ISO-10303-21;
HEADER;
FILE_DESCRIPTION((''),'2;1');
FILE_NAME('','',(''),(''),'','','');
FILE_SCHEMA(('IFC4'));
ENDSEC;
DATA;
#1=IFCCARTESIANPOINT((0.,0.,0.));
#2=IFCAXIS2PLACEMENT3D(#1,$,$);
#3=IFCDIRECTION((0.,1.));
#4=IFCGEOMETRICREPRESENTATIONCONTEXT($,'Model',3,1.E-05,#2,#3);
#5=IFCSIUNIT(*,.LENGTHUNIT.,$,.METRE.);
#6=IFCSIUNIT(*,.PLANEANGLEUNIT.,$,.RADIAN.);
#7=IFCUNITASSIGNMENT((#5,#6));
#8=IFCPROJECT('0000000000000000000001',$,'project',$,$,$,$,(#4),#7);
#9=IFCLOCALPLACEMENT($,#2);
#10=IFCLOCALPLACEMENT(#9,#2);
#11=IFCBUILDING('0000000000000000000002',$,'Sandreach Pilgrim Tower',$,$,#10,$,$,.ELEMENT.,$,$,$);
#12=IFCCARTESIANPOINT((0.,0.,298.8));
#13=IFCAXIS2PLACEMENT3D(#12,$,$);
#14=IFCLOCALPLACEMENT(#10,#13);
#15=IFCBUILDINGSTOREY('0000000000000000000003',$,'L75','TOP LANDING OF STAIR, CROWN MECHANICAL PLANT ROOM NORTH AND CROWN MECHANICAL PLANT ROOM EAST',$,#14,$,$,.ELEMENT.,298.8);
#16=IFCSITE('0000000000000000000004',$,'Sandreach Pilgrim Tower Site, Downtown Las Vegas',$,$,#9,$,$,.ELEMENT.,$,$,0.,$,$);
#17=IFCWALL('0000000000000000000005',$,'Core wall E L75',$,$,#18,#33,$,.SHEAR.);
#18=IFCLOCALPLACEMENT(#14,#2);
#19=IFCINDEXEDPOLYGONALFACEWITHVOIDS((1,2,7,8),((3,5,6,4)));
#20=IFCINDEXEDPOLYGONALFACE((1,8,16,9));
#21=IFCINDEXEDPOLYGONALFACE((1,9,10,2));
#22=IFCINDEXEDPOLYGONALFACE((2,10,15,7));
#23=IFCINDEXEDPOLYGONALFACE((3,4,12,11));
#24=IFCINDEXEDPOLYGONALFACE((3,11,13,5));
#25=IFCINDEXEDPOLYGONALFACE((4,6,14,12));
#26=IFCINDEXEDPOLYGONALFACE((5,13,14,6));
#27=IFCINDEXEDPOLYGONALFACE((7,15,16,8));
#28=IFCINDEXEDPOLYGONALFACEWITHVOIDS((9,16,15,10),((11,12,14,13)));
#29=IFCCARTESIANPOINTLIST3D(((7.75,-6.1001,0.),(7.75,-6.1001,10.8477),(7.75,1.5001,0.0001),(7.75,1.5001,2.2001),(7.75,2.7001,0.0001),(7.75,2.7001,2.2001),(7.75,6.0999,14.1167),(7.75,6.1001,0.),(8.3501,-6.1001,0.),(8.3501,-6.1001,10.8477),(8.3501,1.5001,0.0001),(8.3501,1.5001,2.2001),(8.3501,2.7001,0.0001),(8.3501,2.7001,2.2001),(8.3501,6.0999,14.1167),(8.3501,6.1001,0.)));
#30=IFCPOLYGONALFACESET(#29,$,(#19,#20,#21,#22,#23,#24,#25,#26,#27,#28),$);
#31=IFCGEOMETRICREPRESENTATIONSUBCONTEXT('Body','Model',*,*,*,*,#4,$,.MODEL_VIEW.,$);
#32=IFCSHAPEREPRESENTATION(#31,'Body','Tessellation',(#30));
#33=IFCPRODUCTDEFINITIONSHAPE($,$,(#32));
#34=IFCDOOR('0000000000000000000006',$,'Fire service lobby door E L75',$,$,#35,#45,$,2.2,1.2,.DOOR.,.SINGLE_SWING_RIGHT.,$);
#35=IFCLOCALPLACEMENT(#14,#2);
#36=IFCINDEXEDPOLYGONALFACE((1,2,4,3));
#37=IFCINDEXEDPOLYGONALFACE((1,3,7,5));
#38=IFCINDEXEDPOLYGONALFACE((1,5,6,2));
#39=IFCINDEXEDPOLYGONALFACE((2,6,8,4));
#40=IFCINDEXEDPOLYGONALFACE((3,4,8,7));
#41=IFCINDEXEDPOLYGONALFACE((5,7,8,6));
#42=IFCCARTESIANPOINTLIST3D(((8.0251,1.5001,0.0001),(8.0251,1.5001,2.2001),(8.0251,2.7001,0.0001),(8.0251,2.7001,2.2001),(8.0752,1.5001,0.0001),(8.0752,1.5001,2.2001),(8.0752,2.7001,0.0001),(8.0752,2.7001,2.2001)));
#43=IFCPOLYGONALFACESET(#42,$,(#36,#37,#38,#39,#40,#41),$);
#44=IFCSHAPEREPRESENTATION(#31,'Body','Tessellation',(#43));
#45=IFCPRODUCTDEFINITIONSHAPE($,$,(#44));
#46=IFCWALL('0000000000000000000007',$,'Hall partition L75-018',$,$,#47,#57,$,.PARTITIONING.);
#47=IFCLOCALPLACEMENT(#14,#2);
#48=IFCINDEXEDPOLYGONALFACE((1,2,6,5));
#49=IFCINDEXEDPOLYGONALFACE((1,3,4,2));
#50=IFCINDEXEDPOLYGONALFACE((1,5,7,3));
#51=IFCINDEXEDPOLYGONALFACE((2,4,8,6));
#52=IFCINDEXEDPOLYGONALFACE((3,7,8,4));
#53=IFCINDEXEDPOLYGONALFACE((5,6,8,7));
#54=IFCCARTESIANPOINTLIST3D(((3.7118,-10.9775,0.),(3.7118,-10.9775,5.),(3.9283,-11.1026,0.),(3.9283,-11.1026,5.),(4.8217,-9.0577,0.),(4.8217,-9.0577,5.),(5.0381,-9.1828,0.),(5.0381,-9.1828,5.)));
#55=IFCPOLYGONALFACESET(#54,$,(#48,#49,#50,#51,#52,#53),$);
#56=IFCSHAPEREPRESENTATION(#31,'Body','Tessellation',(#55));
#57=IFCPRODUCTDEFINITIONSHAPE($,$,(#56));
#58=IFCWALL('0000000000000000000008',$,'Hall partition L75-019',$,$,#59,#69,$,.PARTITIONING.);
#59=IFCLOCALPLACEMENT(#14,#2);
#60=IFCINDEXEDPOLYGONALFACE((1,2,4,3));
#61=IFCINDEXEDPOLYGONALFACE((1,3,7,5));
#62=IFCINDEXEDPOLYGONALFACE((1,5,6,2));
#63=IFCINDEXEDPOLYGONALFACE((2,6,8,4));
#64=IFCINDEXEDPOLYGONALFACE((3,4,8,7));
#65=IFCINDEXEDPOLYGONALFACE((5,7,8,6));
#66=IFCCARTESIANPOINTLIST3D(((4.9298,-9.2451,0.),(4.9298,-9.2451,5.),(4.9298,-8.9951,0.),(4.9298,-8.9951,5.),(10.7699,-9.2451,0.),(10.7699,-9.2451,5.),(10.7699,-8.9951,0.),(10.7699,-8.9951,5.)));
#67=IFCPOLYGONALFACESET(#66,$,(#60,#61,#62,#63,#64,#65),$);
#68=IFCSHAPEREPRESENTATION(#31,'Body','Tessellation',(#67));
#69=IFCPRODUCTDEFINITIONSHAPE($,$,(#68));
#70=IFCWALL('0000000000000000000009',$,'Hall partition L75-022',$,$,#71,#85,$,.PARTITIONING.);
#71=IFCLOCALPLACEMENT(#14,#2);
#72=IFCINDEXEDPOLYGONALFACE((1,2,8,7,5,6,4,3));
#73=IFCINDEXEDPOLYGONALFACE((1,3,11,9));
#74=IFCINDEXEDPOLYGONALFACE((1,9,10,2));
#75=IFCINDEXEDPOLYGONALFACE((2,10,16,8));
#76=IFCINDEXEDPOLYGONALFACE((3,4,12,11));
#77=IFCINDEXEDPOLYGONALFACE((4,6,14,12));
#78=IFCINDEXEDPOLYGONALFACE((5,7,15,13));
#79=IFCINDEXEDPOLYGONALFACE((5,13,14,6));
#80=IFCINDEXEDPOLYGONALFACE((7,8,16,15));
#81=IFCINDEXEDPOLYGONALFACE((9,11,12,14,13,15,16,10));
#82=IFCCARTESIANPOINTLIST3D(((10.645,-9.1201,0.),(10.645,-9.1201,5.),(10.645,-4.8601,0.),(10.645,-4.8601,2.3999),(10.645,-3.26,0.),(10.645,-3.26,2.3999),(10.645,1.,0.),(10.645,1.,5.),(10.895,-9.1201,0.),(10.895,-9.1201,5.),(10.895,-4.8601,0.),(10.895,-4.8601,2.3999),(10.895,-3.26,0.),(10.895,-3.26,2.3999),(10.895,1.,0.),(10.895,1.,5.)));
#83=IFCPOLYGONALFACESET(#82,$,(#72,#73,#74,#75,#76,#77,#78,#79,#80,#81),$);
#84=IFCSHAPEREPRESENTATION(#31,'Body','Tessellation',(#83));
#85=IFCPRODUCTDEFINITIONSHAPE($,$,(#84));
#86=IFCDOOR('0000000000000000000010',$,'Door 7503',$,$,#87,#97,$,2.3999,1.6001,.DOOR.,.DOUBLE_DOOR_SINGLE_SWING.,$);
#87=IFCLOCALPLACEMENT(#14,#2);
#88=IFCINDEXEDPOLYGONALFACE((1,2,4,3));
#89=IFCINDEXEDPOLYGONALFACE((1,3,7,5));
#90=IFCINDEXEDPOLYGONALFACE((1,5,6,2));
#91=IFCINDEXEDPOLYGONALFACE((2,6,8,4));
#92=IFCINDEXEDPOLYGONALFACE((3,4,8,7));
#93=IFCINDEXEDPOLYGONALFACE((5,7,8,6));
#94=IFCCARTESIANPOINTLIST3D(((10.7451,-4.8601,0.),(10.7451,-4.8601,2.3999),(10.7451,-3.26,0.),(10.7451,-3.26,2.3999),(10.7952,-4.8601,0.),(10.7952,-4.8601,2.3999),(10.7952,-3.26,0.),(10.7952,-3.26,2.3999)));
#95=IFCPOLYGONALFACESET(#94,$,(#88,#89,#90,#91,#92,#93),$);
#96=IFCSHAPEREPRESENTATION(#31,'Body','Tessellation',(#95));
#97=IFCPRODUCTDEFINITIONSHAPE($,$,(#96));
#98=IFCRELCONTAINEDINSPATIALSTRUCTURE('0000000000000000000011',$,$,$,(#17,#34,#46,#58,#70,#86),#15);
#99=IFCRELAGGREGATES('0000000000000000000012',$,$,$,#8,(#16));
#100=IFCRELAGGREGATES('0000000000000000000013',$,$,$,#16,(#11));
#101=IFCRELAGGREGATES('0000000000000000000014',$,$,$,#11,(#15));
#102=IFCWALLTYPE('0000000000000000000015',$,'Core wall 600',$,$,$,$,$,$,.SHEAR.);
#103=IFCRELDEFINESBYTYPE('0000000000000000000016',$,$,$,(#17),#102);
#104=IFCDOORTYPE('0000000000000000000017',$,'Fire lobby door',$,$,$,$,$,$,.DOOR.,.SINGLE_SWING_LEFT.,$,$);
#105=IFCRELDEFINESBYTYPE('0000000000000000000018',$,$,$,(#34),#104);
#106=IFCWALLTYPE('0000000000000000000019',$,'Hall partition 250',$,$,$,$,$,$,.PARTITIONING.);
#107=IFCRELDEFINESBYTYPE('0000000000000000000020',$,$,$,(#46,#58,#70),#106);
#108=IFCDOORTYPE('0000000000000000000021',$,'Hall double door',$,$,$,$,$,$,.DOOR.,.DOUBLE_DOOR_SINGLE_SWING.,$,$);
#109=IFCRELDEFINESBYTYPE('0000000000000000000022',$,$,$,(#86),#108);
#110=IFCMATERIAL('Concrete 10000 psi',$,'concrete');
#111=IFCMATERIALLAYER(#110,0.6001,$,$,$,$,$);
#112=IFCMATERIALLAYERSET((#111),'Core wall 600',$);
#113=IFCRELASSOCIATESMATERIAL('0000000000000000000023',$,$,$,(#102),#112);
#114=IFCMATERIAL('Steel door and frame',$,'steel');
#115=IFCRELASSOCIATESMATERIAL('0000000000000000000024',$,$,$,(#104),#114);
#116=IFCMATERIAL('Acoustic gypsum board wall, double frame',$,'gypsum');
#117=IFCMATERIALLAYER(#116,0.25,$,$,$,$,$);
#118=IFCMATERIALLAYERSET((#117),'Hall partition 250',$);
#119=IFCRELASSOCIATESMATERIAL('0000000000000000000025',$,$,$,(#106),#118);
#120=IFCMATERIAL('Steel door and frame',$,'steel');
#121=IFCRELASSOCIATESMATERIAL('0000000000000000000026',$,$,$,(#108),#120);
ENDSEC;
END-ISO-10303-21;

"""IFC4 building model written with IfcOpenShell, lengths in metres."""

from ifc_helpers import new_model, si_unit, direction, frame, frame_2d, origin, place, context, subcontext, project, spatial, polyline, rectangle, outline, extrude, material, layer, layer_set, type_object, element, fill, save


model = new_model("IFC4")

# Units and contexts
model_context = context("Model", 3, precision=1e-05, world=origin(), true_north=direction((0.0, 1.0)))
body_context = subcontext(model_context, "Body", "Model", "MODEL_VIEW")
ifc_project = project(units=[si_unit("LENGTHUNIT", "METRE"), si_unit("PLANEANGLEUNIT", "RADIAN")], contexts=[model_context])

# Site, building, storey
site_placement = place(None, origin())
site = spatial("IfcSite", under=ifc_project, at=site_placement, Name="Sandreach Pilgrim Tower Site, Downtown Las Vegas", CompositionType="ELEMENT", RefElevation=0.0)
building_placement = place(site_placement, origin())
building = spatial("IfcBuilding", under=site, at=building_placement, Name="Sandreach Pilgrim Tower", CompositionType="ELEMENT")
storey_placement = place(building_placement, frame((0.0, 0.0, 298.8)))
storey = spatial("IfcBuildingStorey", under=building, at=storey_placement, Name="L75", Description="TOP LANDING OF STAIR, CROWN MECHANICAL PLANT ROOM NORTH AND CROWN MECHANICAL PLANT ROOM EAST", CompositionType="ELEMENT", Elevation=298.8)

# Wall, opening, door
ifc_material_1 = material(Name="Concrete 10000 psi", Category="concrete")
ifc_layer_1 = layer(ifc_material_1, 0.6001)
ifc_layer_set_1 = layer_set([ifc_layer_1], Name="Core wall 600")
wall_type_1 = type_object("IfcWallType", Name="Core wall 600", PredefinedType="SHEAR", material=ifc_layer_set_1)
wall_1_placement = place(storey_placement, frame((8.05, -6.1001, 0.0), z_axis=(0.0, 0.0, 1.0), x_axis=(0.0, 1.0, 0.0)))
wall_1 = element("IfcWall", 1, at=wall_1_placement, inside=storey, type_object=wall_type_1, Name="Core wall E L75", PredefinedType="SHEAR", context=body_context, shape_type="SweptSolid", body=[
    extrude(outline(polyline([(0.0, 0.0), (12.2002, 0.0), (12.2, 14.1167), (0.0, 10.8477), (0.0, 0.0)])), frame((0.0, 0.3, 0.0), z_axis=(0.0, -1.0, 0.0), x_axis=(1.0, 0.0, 0.0)), (0.0, 0.0, 1.0), 0.6001),
])
opening_1_placement = place(wall_1_placement, frame((7.6001, 0.0, 0.0)))
opening_1 = element("IfcOpeningElement", 2, at=opening_1_placement, cuts=wall_1, PredefinedType="OPENING", context=body_context, shape_type="SweptSolid", body=[
    extrude(rectangle(XDim=1.2, YDim=2.2, at=frame_2d((0.6001, 1.1001))), frame((0.0, 0.3, 0.0), z_axis=(0.0, -1.0, 0.0), x_axis=(1.0, 0.0, 0.0)), (0.0, 0.0, 1.0), 0.6001),
])
ifc_material_2 = material(Name="Steel door and frame", Category="steel")
door_type_1 = type_object("IfcDoorType", Name="Fire lobby door", OperationType="SINGLE_SWING_LEFT", PredefinedType="DOOR", material=ifc_material_2)
door_1_placement = place(opening_1_placement, origin())
door_1 = element("IfcDoor", 3, at=door_1_placement, inside=storey, type_object=door_type_1, Name="Fire service lobby door E L75", OperationType="SINGLE_SWING_RIGHT", OverallHeight=2.2, OverallWidth=1.2, PredefinedType="DOOR", context=body_context, shape_type="SweptSolid", body=[
    extrude(rectangle(XDim=1.2, YDim=2.2, at=frame_2d((0.6001, 1.1001))), frame((0.0, 0.0249, 0.0), z_axis=(0.0, -1.0, 0.0), x_axis=(1.0, 0.0, 0.0)), (0.0, 0.0, 1.0), 0.05),
])
fill(opening_1, door_1)

# Walls
ifc_material_3 = material(Name="Acoustic gypsum board wall, double frame", Category="gypsum")
ifc_layer_2 = layer(ifc_material_3, 0.25)
ifc_layer_set_2 = layer_set([ifc_layer_2], Name="Hall partition 250")
wall_type_2 = type_object("IfcWallType", Name="Hall partition 250", PredefinedType="PARTITIONING", material=ifc_layer_set_2)
wall_2_placement = place(storey_placement, frame((4.9299, -9.1201, 0.0), z_axis=(0.0, 0.0, 1.0), x_axis=(-0.500472, -0.865753, 0.0)))
element("IfcWall", 4, at=wall_2_placement, inside=storey, type_object=wall_type_2, Name="Hall partition L75-018", PredefinedType="PARTITIONING", context=body_context, shape_type="SweptSolid", body=[
    extrude(rectangle(XDim=2.2175, YDim=0.25, at=frame_2d((1.1089, 0.0))), origin(), (0.0, 0.0, 1.0), 5.0),
])
wall_3_placement = place(storey_placement, frame((4.9299, -9.1201, 0.0), z_axis=(0.0, 0.0, 1.0), x_axis=(1.0, 0.0, 0.0)))
element("IfcWall", 5, at=wall_3_placement, inside=storey, type_object=wall_type_2, Name="Hall partition L75-019", PredefinedType="PARTITIONING", context=body_context, shape_type="SweptSolid", body=[
    extrude(rectangle(XDim=5.8401, YDim=0.25, at=frame_2d((2.9199, 0.0))), origin(), (0.0, 0.0, 1.0), 5.0),
])

# Wall, opening, door
wall_4_placement = place(storey_placement, frame((10.77, -9.1201, 0.0), z_axis=(0.0, 0.0, 1.0), x_axis=(0.0, 1.0, 0.0)))
wall_4 = element("IfcWall", 6, at=wall_4_placement, inside=storey, type_object=wall_type_2, Name="Hall partition L75-022", PredefinedType="PARTITIONING", context=body_context, shape_type="SweptSolid", body=[
    extrude(rectangle(XDim=10.1201, YDim=0.25, at=frame_2d((5.0601, 0.0))), origin(), (0.0, 0.0, 1.0), 5.0),
])
opening_2_placement = place(wall_4_placement, frame((4.26, 0.0, 0.0)))
opening_2 = element("IfcOpeningElement", 7, at=opening_2_placement, cuts=wall_4, PredefinedType="OPENING", context=body_context, shape_type="SweptSolid", body=[
    extrude(rectangle(XDim=1.6001, YDim=2.3999, at=frame_2d((0.8, 1.2))), frame((0.0, 0.125, 0.0), z_axis=(0.0, -1.0, 0.0), x_axis=(1.0, 0.0, 0.0)), (0.0, 0.0, 1.0), 0.25),
])
ifc_material_4 = material(Name="Steel door and frame", Category="steel")
door_type_2 = type_object("IfcDoorType", Name="Hall double door", OperationType="DOUBLE_DOOR_SINGLE_SWING", PredefinedType="DOOR", material=ifc_material_4)
door_2_placement = place(opening_2_placement, origin())
door_2 = element("IfcDoor", 8, at=door_2_placement, inside=storey, type_object=door_type_2, Name="Door 7503", OperationType="DOUBLE_DOOR_SINGLE_SWING", OverallHeight=2.3999, OverallWidth=1.6001, PredefinedType="DOOR", context=body_context, shape_type="SweptSolid", body=[
    extrude(rectangle(XDim=1.6001, YDim=2.3999, at=frame_2d((0.8, 1.2))), frame((0.0, 0.0249, 0.0), z_axis=(0.0, -1.0, 0.0), x_axis=(1.0, 0.0, 0.0)), (0.0, 0.0, 1.0), 0.05),
])
fill(opening_2, door_2)

save(model, "model.ifc")
